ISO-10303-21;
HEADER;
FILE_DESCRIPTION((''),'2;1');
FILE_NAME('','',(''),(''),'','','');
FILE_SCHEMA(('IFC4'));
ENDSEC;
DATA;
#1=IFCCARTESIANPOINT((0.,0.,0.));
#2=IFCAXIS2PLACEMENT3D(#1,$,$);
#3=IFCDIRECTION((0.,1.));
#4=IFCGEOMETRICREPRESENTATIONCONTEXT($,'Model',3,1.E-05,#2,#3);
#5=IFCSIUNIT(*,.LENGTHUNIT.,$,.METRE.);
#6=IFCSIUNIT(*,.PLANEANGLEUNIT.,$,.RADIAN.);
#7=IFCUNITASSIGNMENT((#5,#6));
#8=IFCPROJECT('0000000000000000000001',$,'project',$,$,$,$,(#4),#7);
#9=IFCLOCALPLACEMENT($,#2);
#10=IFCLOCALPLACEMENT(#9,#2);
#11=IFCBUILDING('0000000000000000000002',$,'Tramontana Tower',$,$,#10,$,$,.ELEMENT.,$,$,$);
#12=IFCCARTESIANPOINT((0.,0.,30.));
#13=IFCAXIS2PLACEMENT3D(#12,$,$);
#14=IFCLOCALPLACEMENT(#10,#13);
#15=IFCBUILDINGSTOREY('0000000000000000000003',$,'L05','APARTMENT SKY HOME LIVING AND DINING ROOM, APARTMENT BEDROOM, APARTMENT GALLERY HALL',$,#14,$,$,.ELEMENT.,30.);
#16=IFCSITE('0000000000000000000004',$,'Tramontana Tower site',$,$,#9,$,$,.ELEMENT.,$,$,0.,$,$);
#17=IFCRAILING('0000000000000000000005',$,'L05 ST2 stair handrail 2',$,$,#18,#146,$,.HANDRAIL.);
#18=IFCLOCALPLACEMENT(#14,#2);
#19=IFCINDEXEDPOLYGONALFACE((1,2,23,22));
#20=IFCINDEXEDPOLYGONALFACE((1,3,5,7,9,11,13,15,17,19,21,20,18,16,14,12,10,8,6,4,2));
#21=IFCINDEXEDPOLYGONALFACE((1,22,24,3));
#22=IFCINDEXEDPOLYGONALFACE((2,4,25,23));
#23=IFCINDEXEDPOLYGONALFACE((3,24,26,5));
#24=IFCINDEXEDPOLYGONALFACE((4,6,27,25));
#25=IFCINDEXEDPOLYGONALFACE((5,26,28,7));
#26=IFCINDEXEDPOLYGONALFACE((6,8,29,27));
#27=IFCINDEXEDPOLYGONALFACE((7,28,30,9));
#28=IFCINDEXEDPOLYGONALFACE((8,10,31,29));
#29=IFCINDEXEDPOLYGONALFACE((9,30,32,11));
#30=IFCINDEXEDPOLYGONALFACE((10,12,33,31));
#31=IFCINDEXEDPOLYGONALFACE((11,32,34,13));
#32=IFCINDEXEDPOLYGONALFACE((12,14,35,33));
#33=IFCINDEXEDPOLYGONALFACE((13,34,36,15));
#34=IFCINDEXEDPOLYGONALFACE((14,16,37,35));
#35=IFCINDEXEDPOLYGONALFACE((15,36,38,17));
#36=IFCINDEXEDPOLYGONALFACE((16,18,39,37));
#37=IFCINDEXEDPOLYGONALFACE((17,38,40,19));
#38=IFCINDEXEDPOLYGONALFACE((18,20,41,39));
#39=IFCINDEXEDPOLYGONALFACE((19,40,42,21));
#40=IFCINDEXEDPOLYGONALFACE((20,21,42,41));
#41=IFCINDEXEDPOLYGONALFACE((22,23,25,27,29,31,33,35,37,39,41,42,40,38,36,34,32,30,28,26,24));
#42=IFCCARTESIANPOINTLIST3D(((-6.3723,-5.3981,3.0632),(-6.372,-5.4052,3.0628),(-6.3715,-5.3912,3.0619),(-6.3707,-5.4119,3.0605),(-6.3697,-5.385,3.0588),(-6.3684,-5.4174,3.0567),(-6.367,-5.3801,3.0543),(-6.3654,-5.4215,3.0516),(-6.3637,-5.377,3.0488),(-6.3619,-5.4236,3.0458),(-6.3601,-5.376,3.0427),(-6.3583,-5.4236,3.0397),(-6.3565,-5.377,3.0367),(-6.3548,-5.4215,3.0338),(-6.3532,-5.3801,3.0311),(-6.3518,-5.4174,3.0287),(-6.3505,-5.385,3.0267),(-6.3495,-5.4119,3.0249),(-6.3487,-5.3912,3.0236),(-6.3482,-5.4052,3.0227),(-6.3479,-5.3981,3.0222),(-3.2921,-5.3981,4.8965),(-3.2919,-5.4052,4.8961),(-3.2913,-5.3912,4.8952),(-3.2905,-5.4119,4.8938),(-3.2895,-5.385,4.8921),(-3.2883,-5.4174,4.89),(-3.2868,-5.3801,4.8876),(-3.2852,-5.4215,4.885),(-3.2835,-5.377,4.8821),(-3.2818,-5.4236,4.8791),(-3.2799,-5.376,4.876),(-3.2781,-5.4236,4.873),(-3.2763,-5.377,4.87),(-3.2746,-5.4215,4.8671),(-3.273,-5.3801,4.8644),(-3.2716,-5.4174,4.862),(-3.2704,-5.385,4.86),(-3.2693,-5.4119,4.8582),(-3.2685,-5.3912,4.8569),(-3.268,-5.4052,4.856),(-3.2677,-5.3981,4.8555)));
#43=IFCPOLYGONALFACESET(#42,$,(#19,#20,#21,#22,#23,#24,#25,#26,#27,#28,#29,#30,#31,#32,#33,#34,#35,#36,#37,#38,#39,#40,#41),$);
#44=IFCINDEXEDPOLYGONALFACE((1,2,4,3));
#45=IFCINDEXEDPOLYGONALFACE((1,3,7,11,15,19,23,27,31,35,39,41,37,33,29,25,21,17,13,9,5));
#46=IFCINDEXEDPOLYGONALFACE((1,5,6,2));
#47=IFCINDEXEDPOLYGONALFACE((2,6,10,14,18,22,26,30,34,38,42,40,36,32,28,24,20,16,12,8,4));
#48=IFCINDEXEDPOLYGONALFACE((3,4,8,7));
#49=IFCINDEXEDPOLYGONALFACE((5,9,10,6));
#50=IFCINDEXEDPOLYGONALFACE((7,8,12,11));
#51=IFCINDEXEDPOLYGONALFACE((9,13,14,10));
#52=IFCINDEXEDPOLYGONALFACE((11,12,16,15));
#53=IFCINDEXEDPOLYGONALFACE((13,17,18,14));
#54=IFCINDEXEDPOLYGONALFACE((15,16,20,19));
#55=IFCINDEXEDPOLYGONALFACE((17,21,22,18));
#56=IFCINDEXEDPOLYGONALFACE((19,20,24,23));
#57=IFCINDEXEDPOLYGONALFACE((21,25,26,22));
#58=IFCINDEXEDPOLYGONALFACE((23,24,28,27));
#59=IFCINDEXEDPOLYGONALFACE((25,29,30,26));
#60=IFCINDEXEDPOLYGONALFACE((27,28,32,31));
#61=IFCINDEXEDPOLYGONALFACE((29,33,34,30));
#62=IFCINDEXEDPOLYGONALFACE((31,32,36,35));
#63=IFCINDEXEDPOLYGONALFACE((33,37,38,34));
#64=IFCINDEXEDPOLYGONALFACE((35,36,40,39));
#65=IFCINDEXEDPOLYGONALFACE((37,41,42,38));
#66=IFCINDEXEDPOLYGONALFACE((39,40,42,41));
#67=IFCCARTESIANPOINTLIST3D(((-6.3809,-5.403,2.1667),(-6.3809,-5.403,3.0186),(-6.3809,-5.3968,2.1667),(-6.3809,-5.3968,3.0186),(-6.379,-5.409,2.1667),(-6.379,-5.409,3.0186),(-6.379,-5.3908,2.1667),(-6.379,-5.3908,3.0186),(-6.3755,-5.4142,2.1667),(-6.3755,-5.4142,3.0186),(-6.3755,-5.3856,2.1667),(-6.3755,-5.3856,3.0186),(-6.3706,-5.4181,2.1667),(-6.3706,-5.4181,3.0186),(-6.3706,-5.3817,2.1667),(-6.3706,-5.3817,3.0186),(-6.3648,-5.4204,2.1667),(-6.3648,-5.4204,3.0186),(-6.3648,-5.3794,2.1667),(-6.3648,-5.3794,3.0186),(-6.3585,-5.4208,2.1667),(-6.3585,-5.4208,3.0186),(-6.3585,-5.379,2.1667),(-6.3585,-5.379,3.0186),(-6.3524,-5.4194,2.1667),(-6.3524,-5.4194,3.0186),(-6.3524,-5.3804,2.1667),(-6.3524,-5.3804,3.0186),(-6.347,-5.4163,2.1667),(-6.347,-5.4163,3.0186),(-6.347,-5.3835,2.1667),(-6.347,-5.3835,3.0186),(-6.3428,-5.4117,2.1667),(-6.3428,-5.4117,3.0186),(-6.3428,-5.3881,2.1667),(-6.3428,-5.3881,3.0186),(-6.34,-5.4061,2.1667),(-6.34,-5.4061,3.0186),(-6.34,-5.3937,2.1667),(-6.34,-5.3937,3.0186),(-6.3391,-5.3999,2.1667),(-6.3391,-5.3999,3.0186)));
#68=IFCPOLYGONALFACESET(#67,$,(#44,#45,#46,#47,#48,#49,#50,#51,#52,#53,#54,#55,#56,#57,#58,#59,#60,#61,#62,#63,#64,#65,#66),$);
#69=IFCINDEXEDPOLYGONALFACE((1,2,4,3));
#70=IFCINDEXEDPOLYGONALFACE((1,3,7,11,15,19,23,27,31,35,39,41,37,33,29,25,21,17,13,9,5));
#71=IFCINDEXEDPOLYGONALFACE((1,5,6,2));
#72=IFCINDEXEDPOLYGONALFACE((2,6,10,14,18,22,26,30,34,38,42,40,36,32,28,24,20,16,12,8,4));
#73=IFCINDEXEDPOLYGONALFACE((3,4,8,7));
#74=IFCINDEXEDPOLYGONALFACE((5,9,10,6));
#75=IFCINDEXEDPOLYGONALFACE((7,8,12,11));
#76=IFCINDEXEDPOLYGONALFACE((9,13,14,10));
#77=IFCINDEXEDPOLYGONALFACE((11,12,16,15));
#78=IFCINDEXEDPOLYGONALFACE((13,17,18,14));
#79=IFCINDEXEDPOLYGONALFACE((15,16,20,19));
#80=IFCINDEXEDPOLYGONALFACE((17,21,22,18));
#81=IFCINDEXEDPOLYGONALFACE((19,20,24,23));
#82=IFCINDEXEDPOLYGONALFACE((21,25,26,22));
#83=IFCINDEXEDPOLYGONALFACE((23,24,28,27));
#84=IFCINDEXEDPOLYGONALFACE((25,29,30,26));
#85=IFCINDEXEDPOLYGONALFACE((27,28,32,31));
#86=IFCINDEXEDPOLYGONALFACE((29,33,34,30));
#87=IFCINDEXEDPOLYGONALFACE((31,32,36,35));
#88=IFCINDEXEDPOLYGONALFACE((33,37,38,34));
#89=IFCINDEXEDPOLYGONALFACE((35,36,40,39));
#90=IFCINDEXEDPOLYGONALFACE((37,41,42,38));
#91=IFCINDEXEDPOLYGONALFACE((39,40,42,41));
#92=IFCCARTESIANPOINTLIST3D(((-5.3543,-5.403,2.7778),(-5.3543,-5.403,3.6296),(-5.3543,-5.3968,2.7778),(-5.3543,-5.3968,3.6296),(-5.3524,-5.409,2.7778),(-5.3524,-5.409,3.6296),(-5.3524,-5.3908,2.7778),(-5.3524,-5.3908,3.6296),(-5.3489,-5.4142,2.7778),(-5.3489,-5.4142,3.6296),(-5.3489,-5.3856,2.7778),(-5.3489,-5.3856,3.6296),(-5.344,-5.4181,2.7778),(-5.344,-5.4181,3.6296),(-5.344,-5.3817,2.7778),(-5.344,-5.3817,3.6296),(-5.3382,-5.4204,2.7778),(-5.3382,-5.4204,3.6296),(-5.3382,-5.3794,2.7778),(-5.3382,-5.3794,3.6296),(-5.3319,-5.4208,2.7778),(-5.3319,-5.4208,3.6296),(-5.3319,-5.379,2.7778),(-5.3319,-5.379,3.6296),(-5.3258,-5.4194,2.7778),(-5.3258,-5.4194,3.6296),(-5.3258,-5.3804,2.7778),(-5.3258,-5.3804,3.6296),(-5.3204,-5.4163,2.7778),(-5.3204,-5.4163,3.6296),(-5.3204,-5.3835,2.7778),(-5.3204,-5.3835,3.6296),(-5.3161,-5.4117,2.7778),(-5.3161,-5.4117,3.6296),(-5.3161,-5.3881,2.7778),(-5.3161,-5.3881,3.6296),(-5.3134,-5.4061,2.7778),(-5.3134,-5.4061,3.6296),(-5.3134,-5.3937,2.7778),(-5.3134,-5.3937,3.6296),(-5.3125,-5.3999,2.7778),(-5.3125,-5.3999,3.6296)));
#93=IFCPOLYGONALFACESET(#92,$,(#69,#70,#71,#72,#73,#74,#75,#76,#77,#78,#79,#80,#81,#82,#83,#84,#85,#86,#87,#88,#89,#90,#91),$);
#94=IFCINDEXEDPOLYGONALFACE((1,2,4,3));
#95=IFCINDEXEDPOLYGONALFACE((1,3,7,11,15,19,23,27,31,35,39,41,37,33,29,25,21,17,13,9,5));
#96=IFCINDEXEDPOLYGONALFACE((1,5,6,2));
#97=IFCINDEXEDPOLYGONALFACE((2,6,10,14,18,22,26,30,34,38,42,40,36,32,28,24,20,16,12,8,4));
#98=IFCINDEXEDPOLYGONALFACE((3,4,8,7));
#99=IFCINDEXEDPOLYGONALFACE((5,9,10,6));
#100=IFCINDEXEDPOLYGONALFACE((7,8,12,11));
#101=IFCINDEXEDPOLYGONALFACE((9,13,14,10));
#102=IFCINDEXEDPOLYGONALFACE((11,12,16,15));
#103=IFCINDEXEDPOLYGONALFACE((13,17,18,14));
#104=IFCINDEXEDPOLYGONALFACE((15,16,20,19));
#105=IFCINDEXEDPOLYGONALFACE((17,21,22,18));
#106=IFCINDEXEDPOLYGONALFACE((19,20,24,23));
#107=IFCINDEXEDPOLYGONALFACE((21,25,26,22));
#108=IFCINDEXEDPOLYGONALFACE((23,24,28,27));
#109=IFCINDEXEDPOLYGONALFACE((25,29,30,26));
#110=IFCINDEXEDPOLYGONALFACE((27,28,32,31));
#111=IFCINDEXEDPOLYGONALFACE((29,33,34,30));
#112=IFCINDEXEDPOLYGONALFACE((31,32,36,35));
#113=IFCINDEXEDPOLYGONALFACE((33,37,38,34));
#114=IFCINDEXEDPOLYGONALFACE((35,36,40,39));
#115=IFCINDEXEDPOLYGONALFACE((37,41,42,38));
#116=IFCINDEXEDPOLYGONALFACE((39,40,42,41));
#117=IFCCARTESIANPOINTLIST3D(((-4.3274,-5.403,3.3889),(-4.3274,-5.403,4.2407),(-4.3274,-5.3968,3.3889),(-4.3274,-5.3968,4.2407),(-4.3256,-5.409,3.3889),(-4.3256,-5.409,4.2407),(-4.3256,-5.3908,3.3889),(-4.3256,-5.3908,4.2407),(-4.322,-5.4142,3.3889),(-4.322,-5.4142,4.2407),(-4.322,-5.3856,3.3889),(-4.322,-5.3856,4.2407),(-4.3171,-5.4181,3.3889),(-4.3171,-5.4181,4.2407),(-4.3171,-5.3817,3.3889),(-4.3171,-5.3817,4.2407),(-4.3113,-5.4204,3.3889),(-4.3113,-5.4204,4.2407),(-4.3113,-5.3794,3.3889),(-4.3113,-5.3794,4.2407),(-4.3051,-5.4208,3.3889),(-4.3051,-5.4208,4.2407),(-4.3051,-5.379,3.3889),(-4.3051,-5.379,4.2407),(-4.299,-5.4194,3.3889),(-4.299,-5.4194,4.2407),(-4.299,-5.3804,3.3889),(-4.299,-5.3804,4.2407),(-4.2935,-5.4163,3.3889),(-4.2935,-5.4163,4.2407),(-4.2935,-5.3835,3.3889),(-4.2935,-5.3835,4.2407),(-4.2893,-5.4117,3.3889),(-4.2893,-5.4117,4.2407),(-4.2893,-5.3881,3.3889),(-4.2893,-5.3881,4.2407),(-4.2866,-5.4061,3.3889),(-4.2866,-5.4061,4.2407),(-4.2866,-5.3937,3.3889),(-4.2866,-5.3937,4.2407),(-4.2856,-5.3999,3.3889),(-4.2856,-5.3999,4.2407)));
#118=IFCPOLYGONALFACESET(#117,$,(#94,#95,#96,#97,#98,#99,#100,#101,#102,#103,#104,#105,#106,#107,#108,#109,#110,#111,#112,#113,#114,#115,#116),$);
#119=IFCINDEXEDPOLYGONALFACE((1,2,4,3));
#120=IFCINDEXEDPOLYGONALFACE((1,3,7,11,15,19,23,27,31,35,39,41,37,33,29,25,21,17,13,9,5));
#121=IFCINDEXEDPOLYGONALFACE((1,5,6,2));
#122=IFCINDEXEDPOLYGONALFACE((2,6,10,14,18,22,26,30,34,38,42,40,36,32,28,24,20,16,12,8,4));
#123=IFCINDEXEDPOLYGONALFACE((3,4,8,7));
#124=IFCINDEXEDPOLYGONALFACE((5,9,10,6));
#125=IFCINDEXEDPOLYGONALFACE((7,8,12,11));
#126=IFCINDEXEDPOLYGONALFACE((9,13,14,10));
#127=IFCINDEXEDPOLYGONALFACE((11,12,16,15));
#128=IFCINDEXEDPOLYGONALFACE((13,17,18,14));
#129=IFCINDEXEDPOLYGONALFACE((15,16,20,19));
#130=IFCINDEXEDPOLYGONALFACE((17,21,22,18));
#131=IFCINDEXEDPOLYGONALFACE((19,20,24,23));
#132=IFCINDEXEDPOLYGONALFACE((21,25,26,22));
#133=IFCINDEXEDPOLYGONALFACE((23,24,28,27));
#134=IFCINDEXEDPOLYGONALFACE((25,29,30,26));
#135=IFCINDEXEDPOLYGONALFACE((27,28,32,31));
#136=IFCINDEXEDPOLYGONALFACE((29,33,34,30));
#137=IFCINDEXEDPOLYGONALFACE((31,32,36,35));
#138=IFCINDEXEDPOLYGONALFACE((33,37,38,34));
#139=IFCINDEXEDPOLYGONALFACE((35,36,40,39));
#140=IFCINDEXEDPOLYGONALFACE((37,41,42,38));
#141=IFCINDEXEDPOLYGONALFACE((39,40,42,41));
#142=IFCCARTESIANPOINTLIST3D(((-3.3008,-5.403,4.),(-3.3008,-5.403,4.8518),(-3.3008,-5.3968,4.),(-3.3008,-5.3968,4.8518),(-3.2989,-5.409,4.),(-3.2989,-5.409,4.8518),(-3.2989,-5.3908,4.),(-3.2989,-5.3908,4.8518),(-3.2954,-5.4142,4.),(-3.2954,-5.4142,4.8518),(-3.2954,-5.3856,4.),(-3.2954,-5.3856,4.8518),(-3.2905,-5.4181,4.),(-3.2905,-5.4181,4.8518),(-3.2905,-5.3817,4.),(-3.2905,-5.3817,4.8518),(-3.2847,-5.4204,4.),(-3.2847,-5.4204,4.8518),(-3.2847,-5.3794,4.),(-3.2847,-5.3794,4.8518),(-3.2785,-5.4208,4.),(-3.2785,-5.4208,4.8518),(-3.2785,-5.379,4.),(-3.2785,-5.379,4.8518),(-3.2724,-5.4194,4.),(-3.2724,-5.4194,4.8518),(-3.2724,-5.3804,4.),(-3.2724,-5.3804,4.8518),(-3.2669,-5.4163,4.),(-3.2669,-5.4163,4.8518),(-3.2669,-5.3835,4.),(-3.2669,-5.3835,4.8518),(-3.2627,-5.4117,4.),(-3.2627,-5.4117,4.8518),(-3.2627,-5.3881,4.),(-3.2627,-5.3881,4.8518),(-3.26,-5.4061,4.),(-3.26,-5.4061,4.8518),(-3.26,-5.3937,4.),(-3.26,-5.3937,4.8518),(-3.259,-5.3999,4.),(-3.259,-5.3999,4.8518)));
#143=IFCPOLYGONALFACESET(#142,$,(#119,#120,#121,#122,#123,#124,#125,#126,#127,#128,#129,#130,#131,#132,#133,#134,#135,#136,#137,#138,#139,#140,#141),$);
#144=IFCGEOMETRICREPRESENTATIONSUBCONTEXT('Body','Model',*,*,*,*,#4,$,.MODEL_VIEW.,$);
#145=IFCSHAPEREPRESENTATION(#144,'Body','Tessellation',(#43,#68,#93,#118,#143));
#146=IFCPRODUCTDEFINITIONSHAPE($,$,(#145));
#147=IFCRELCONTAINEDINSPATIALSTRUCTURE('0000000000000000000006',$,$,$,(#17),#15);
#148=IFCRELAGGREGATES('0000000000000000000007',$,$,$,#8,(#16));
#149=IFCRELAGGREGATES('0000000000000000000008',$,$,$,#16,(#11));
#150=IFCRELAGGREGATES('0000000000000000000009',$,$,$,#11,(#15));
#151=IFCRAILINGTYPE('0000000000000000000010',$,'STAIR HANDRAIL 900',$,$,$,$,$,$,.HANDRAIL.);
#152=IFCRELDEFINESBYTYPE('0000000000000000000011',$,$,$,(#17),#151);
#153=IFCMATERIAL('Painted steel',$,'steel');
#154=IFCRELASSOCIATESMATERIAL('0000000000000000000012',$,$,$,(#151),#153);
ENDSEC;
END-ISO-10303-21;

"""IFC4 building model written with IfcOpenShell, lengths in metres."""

from ifc_helpers import new_model, si_unit, direction, frame, origin, origin_2d, place, context, subcontext, project, spatial, circle, extrude, material, type_object, element, save


model = new_model("IFC4")

# Units and contexts
model_context = context("Model", 3, precision=1e-05, world=origin(), true_north=direction((0.0, 1.0)))
body_context = subcontext(model_context, "Body", "Model", "MODEL_VIEW")
ifc_project = project(units=[si_unit("LENGTHUNIT", "METRE"), si_unit("PLANEANGLEUNIT", "RADIAN")], contexts=[model_context])

# Site, building, storey
site_placement = place(None, origin())
site = spatial("IfcSite", under=ifc_project, at=site_placement, Name="Tramontana Tower site", CompositionType="ELEMENT", RefElevation=0.0)
building_placement = place(site_placement, origin())
building = spatial("IfcBuilding", under=site, at=building_placement, Name="Tramontana Tower", CompositionType="ELEMENT")
storey_placement = place(building_placement, frame((0.0, 0.0, 30.0)))
storey = spatial("IfcBuildingStorey", under=building, at=storey_placement, Name="L05", Description="APARTMENT SKY HOME LIVING AND DINING ROOM, APARTMENT BEDROOM, APARTMENT GALLERY HALL", CompositionType="ELEMENT", Elevation=30.0)

# Railing
ifc_material_1 = material(Name="Painted steel", Category="steel")
railing_type_1 = type_object("IfcRailingType", Name="STAIR HANDRAIL 900", PredefinedType="HANDRAIL", material=ifc_material_1)
railing_1_placement = place(storey_placement, frame((-6.3601, -5.3999, 2.1667)))
element("IfcRailing", 1, at=railing_1_placement, inside=storey, type_object=railing_type_1, Name="L05 ST2 stair handrail 2", PredefinedType="HANDRAIL", context=body_context, shape_type="SweptSolid", body=[
    extrude(circle(Radius=0.0239, at=origin_2d()), frame((0.0, 0.0, 0.876), z_axis=(0.859309, 0.0, 0.511458), x_axis=(0.0, 1.0, 0.0)), (0.0, 0.0, 1.0), 3.5845),
    extrude(circle(Radius=0.021, at=origin_2d()), origin(), (0.0, 0.0, 1.0), 0.8518),
    extrude(circle(Radius=0.021, at=origin_2d()), frame((1.0266, 0.0, 0.6111)), (0.0, 0.0, 1.0), 0.8518),
    extrude(circle(Radius=0.021, at=origin_2d()), frame((2.0535, 0.0, 1.2222)), (0.0, 0.0, 1.0), 0.8518),
    extrude(circle(Radius=0.021, at=origin_2d()), frame((3.0801, 0.0, 1.8333)), (0.0, 0.0, 1.0), 0.8518),
])

save(model, "model.ifc")
